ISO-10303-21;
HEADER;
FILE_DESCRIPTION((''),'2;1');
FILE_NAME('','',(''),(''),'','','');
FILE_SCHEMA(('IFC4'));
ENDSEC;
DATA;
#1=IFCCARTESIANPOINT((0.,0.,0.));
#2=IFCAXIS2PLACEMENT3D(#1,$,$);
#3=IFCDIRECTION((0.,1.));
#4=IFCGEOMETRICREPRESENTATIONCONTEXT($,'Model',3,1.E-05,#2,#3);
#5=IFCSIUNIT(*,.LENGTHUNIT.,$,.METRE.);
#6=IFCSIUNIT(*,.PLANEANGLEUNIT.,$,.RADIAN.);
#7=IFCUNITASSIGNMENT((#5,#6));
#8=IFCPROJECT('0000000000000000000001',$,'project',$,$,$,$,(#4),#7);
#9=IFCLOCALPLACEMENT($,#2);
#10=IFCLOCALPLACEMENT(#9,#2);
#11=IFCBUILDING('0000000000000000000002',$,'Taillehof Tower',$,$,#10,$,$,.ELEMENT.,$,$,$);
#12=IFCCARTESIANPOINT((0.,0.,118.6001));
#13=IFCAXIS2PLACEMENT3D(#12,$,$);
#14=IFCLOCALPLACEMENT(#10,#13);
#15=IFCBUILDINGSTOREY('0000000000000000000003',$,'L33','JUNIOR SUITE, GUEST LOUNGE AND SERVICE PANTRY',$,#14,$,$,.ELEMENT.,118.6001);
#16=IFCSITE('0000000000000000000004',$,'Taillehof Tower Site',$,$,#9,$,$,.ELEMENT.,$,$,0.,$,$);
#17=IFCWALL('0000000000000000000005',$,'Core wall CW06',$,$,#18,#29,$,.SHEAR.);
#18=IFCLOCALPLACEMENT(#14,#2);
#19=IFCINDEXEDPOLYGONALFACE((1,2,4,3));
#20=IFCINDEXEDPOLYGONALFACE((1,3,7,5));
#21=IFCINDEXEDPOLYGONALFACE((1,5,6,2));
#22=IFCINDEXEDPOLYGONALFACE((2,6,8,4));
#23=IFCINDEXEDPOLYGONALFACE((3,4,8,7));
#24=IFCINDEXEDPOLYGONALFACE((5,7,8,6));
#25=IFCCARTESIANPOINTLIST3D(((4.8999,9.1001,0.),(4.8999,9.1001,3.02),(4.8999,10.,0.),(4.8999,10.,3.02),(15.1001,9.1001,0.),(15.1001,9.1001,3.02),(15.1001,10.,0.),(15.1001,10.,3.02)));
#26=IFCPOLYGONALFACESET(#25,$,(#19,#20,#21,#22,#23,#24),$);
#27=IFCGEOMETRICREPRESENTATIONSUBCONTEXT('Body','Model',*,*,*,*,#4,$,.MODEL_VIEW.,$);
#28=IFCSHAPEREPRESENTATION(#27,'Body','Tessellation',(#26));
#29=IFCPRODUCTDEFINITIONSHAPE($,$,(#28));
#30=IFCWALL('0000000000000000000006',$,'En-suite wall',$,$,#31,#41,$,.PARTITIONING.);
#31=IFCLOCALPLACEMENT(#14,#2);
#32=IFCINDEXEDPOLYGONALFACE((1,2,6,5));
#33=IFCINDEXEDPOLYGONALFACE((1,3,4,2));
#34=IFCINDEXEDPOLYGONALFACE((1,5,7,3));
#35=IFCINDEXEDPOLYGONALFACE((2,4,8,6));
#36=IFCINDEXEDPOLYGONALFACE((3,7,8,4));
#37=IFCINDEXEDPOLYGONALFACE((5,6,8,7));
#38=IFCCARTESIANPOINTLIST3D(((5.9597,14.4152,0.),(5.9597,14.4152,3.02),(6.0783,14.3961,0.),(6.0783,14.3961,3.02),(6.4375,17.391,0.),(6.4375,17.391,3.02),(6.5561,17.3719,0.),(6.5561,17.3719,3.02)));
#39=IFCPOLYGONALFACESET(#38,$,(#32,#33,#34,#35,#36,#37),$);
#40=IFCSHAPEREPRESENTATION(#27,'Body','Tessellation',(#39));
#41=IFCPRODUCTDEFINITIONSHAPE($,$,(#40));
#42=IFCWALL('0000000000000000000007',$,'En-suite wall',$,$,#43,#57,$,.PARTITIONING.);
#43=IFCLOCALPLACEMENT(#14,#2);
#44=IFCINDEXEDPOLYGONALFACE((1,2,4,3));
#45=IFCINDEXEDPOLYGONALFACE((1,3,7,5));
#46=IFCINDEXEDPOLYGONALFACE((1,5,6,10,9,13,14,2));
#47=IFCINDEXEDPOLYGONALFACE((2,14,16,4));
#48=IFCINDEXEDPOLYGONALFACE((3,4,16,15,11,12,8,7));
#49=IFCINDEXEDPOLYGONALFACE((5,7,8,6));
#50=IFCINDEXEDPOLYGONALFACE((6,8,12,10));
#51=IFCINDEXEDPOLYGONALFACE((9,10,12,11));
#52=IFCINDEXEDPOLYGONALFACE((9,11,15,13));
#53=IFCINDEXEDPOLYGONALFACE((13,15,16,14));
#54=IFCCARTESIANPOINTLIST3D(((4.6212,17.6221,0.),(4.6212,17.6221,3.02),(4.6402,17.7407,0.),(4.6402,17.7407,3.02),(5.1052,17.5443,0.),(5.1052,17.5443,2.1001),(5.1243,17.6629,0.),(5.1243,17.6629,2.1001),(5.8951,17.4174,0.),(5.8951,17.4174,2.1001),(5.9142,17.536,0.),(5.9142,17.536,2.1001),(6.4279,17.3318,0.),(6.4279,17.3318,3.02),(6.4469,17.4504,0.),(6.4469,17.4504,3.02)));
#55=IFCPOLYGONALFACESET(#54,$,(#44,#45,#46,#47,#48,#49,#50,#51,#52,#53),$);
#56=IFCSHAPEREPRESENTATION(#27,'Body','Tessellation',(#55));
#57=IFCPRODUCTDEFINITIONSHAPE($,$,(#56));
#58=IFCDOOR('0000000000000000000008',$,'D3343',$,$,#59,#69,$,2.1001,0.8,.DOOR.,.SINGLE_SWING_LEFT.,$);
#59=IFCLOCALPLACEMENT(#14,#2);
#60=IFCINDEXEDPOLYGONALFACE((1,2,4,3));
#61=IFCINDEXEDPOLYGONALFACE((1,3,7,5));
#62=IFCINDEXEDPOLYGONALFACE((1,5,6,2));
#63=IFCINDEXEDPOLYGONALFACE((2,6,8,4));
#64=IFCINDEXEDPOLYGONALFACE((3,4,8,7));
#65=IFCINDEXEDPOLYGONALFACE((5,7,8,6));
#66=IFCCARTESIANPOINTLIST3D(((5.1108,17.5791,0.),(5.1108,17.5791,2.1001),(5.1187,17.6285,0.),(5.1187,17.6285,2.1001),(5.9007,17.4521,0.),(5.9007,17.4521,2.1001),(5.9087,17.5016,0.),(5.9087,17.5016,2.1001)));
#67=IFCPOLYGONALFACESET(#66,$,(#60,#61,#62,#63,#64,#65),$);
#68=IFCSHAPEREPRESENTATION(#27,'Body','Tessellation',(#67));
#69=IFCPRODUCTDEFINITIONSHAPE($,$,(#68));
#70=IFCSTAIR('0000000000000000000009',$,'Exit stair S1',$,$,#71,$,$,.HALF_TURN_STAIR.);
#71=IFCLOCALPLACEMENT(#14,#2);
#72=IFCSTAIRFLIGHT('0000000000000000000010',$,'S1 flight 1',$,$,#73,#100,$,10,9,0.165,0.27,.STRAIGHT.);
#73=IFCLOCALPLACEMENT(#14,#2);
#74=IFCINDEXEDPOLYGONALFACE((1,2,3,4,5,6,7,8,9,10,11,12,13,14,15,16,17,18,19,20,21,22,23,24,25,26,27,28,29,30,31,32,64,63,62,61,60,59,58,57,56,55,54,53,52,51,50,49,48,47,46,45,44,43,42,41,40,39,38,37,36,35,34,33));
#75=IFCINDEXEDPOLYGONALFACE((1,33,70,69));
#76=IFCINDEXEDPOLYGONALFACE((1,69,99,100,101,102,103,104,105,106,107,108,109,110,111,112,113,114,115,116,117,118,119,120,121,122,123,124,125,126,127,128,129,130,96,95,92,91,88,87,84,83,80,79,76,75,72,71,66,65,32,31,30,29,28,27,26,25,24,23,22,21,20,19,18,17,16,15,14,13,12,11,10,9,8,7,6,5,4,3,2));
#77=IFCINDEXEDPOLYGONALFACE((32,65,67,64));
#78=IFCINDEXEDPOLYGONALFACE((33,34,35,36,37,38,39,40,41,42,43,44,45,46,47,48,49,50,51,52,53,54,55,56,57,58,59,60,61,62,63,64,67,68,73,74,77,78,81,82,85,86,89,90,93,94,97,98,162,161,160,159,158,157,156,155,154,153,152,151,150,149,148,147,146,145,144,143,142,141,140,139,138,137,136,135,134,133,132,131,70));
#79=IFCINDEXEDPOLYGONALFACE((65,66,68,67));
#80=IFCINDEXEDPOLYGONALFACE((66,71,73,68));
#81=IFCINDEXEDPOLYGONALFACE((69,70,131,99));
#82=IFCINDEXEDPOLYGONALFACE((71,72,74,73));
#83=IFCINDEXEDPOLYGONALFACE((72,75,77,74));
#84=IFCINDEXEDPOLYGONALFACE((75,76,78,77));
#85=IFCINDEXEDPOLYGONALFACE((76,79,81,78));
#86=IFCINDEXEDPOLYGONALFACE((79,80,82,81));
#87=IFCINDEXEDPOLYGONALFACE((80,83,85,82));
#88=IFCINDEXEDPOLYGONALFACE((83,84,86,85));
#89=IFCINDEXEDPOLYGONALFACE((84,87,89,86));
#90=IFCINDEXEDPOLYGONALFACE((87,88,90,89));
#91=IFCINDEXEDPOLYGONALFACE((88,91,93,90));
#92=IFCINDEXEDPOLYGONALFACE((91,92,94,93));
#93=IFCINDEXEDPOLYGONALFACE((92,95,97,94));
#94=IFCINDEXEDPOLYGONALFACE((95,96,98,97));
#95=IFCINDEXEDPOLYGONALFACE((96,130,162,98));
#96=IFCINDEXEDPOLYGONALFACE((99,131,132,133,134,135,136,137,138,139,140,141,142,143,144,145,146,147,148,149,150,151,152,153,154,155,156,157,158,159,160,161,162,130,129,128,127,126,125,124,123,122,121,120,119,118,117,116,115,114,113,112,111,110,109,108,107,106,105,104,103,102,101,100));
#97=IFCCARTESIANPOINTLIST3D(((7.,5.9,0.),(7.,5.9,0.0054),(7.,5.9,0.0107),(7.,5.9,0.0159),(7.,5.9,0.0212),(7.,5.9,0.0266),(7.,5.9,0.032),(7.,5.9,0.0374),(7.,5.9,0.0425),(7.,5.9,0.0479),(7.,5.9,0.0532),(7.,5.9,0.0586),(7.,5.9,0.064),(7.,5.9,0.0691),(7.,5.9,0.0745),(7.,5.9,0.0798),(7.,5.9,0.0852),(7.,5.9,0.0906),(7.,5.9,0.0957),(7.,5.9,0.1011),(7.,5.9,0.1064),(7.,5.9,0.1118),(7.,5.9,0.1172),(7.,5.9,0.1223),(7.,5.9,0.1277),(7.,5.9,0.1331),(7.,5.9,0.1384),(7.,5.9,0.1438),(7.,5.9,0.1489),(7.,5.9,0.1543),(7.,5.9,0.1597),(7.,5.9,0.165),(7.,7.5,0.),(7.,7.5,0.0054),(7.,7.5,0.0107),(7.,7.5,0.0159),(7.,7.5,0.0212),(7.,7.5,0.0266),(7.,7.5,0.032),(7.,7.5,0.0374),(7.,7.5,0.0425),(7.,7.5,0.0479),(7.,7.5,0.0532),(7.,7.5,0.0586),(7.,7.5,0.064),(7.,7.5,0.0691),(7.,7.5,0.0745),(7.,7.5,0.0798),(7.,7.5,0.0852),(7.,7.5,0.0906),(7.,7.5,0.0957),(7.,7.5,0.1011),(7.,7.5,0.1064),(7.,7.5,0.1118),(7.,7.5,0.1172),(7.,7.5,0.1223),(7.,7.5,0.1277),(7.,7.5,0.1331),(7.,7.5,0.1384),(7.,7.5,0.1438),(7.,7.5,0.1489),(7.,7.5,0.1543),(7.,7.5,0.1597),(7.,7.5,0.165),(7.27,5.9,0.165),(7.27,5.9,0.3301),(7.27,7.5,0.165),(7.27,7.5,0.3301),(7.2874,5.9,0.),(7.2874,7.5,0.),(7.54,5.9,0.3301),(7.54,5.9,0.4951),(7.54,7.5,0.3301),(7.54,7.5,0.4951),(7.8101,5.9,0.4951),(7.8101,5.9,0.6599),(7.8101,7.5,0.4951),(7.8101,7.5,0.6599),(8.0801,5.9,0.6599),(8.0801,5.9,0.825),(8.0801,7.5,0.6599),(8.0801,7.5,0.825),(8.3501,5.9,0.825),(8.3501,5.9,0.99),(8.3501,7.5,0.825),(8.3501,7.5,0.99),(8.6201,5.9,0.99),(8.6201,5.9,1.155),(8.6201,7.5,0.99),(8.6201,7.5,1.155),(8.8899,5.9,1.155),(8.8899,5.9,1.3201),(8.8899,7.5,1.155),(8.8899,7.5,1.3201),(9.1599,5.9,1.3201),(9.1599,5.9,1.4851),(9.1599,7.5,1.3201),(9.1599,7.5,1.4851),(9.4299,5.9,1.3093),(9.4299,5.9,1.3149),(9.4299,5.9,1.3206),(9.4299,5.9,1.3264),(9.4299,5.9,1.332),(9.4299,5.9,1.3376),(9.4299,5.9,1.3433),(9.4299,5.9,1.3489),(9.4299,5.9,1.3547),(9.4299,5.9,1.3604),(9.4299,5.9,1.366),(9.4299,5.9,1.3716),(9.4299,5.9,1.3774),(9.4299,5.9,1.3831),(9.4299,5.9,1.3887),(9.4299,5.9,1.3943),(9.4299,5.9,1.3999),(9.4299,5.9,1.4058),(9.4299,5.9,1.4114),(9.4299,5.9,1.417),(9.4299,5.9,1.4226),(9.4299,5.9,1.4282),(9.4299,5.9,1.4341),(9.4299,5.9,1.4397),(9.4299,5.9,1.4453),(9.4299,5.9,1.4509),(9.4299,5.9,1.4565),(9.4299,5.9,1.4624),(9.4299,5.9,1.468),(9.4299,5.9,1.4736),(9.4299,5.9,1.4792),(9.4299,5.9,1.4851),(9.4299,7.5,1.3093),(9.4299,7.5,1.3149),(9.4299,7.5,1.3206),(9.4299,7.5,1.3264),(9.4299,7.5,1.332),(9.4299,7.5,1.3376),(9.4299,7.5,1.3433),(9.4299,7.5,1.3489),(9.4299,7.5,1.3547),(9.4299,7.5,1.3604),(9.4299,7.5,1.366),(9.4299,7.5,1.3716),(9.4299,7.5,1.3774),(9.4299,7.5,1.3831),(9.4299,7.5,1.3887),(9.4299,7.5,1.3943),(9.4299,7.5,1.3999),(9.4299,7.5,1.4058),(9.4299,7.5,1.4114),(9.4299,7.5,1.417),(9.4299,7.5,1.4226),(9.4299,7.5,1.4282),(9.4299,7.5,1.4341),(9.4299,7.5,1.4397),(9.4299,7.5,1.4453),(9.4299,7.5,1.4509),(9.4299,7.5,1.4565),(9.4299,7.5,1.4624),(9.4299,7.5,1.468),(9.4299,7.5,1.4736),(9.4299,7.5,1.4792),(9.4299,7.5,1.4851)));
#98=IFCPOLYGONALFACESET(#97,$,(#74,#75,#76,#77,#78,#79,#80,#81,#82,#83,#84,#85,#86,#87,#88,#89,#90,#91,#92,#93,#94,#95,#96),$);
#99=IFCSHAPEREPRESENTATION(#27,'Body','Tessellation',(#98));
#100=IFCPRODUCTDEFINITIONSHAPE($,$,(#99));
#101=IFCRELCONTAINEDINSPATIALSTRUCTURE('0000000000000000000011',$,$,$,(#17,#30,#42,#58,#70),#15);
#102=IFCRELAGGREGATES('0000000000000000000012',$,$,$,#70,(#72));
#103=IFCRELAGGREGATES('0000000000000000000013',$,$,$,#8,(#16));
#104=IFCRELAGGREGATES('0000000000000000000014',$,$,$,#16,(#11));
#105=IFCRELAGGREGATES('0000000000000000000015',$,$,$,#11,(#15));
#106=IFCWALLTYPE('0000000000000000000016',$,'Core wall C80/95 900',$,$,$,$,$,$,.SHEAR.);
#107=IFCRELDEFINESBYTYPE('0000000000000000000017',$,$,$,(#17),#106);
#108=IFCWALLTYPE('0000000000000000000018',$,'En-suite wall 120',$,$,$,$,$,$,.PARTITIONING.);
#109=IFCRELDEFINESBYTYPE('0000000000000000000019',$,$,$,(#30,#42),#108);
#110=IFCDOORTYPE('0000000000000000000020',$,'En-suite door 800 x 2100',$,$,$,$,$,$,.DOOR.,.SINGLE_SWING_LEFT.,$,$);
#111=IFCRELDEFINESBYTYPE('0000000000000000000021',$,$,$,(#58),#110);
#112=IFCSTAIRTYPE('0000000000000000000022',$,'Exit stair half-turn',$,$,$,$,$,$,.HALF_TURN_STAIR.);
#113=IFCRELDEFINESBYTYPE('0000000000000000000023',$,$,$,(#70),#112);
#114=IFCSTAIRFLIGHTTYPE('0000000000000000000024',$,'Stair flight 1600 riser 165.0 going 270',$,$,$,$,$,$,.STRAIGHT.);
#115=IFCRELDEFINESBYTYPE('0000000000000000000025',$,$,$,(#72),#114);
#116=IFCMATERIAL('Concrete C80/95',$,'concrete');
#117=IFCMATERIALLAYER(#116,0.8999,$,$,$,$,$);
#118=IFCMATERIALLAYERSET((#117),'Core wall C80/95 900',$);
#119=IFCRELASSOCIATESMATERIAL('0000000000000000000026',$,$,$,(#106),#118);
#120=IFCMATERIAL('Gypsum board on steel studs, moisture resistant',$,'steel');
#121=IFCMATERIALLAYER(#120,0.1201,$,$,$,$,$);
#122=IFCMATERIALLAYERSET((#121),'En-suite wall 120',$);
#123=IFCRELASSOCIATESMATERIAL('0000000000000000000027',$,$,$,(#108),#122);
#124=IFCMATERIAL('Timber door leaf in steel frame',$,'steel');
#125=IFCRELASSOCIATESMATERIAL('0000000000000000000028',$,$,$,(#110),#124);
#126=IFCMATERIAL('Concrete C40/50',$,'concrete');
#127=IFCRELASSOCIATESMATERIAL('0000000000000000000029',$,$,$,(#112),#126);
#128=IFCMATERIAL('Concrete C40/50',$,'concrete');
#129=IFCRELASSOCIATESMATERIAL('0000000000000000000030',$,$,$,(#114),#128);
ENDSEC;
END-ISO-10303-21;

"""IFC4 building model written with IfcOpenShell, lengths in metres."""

from ifc_helpers import new_model, si_unit, direction, frame, frame_2d, origin, place, context, subcontext, project, spatial, polyline, rectangle, outline, extrude, material, layer, layer_set, type_object, element, fill, aggregate, save


model = new_model("IFC4")

# Units and contexts
model_context = context("Model", 3, precision=1e-05, world=origin(), true_north=direction((0.0, 1.0)))
body_context = subcontext(model_context, "Body", "Model", "MODEL_VIEW")
ifc_project = project(units=[si_unit("LENGTHUNIT", "METRE"), si_unit("PLANEANGLEUNIT", "RADIAN")], contexts=[model_context])

# Site, building, storey
site_placement = place(None, origin())
site = spatial("IfcSite", under=ifc_project, at=site_placement, Name="Taillehof Tower Site", CompositionType="ELEMENT", RefElevation=0.0)
building_placement = place(site_placement, origin())
building = spatial("IfcBuilding", under=site, at=building_placement, Name="Taillehof Tower", CompositionType="ELEMENT")
storey_placement = place(building_placement, frame((0.0, 0.0, 118.6001)))
storey = spatial("IfcBuildingStorey", under=building, at=storey_placement, Name="L33", Description="JUNIOR SUITE, GUEST LOUNGE AND SERVICE PANTRY", CompositionType="ELEMENT", Elevation=118.6001)

# Walls
ifc_material_1 = material(Name="Concrete C80/95", Category="concrete")
ifc_layer_1 = layer(ifc_material_1, 0.8999)
ifc_layer_set_1 = layer_set([ifc_layer_1], Name="Core wall C80/95 900")
wall_type_1 = type_object("IfcWallType", Name="Core wall C80/95 900", PredefinedType="SHEAR", material=ifc_layer_set_1)
wall_1_placement = place(storey_placement, frame((4.8999, 9.55, 0.0), z_axis=(0.0, 0.0, 1.0), x_axis=(1.0, 0.0, 0.0)))
element("IfcWall", 1, at=wall_1_placement, inside=storey, type_object=wall_type_1, Name="Core wall CW06", PredefinedType="SHEAR", context=body_context, shape_type="SweptSolid", body=[
    extrude(rectangle(XDim=10.2002, YDim=0.8999, at=frame_2d((5.1001, 0.0))), origin(), (0.0, 0.0, 1.0), 3.02),
])
ifc_material_2 = material(Name="Gypsum board on steel studs, moisture resistant", Category="steel")
ifc_layer_2 = layer(ifc_material_2, 0.1201)
ifc_layer_set_2 = layer_set([ifc_layer_2], Name="En-suite wall 120")
wall_type_2 = type_object("IfcWallType", Name="En-suite wall 120", PredefinedType="PARTITIONING", material=ifc_layer_set_2)
wall_2_placement = place(storey_placement, frame((6.019, 14.4058, 0.0), z_axis=(0.0, 0.0, 1.0), x_axis=(0.158524, 0.987355, 0.0)))
element("IfcWall", 2, at=wall_2_placement, inside=storey, type_object=wall_type_2, Name="En-suite wall", PredefinedType="PARTITIONING", context=body_context, shape_type="SweptSolid", body=[
    extrude(rectangle(XDim=3.0139, YDim=0.1201, at=frame_2d((1.5068, 0.0))), origin(), (0.0, 0.0, 1.0), 3.02),
])

# Wall, opening, door
wall_3_placement = place(storey_placement, frame((6.4375, 17.3911, 0.0), z_axis=(0.0, 0.0, 1.0), x_axis=(-0.987336, 0.158641, 0.0)))
wall_3 = element("IfcWall", 3, at=wall_3_placement, inside=storey, type_object=wall_type_2, Name="En-suite wall", PredefinedType="PARTITIONING", context=body_context, shape_type="SweptSolid", body=[
    extrude(rectangle(XDim=1.8298, YDim=0.1201, at=frame_2d((0.915, 0.0))), origin(), (0.0, 0.0, 1.0), 3.02),
])
opening_1_placement = place(wall_3_placement, frame((0.5398, 0.0, 0.0)))
opening_1 = element("IfcOpeningElement", 4, at=opening_1_placement, cuts=wall_3, PredefinedType="OPENING", context=body_context, shape_type="SweptSolid", body=[
    extrude(rectangle(XDim=0.8, YDim=2.1001, at=frame_2d((0.3999, 1.05))), frame((0.0, 0.0701, 0.0), z_axis=(0.0, -1.0, 0.0), x_axis=(1.0, 0.0, 0.0)), (0.0, 0.0, 1.0), 0.1401),
])
ifc_material_3 = material(Name="Timber door leaf in steel frame", Category="steel")
door_type_1 = type_object("IfcDoorType", Name="En-suite door 800 x 2100", OperationType="SINGLE_SWING_LEFT", PredefinedType="DOOR", material=ifc_material_3)
door_1_placement = place(opening_1_placement, origin())
door_1 = element("IfcDoor", 5, at=door_1_placement, inside=storey, type_object=door_type_1, Name="D3343", OperationType="SINGLE_SWING_LEFT", OverallHeight=2.1001, OverallWidth=0.8, PredefinedType="DOOR", context=body_context, shape_type="SweptSolid", body=[
    extrude(rectangle(XDim=0.8, YDim=2.1001, at=frame_2d((0.3999, 1.05))), frame((0.0, 0.0249, 0.0), z_axis=(0.0, -1.0, 0.0), x_axis=(1.0, 0.0, 0.0)), (0.0, 0.0, 1.0), 0.05),
])
fill(opening_1, door_1)

# Stair, stair flight
ifc_material_4 = material(Name="Concrete C40/50", Category="concrete")
stair_type = type_object("IfcStairType", Name="Exit stair half-turn", PredefinedType="HALF_TURN_STAIR", material=ifc_material_4)
stair_placement = place(storey_placement, origin())
stair = element("IfcStair", 6, at=stair_placement, inside=storey, type_object=stair_type, Name="Exit stair S1", PredefinedType="HALF_TURN_STAIR")
ifc_material_5 = material(Name="Concrete C40/50", Category="concrete")
stair_flight_type = type_object("IfcStairFlightType", Name="Stair flight 1600 riser 165.0 going 270", PredefinedType="STRAIGHT", material=ifc_material_5)
stair_flight_placement = place(storey_placement, frame((7.0, 6.7, 0.0), z_axis=(0.0, 0.0, 1.0), x_axis=(1.0, 0.0, 0.0)))
stair_flight = element("IfcStairFlight", 7, at=stair_flight_placement, type_object=stair_flight_type, Name="S1 flight 1", NumberOfRisers=10, NumberOfTreads=9, PredefinedType="STRAIGHT", RiserHeight=0.165, TreadLength=0.27, context=body_context, shape_type="SweptSolid", body=[
    extrude(outline(polyline([(0.0, 0.0), (0.0, 0.0054), (0.0, 0.0107), (0.0, 0.0159), (0.0, 0.0212), (0.0, 0.0266), (0.0, 0.032), (0.0, 0.0374), (0.0, 0.0425), (0.0, 0.0479), (0.0, 0.0532), (0.0, 0.0586), (0.0, 0.064), (0.0, 0.0691), (0.0, 0.0745), (0.0, 0.0798), (0.0, 0.0852), (0.0, 0.0906), (0.0, 0.0957), (0.0, 0.1011), (0.0, 0.1064), (0.0, 0.1118), (0.0, 0.1172), (0.0, 0.1223), (0.0, 0.1277), (0.0, 0.1331), (0.0, 0.1384), (0.0, 0.1438), (0.0, 0.1489), (0.0, 0.1543), (0.0, 0.1597), (0.0, 0.165), (0.27, 0.165), (0.27, 0.3301), (0.54, 0.3301), (0.54, 0.4951), (0.8101, 0.4951), (0.8101, 0.6599), (1.0801, 0.6599), (1.0801, 0.825), (1.3501, 0.825), (1.3501, 0.99), (1.6201, 0.99), (1.6201, 1.155), (1.8899, 1.155), (1.8899, 1.3201), (2.1599, 1.3201), (2.1599, 1.4851), (2.4299, 1.4851), (2.4299, 1.4792), (2.4299, 1.4736), (2.4299, 1.468), (2.4299, 1.4624), (2.4299, 1.4565), (2.4299, 1.4509), (2.4299, 1.4453), (2.4299, 1.4397), (2.4299, 1.4341), (2.4299, 1.4282), (2.4299, 1.4226), (2.4299, 1.417), (2.4299, 1.4114), (2.4299, 1.4058), (2.4299, 1.3999), (2.4299, 1.3943), (2.4299, 1.3887), (2.4299, 1.3831), (2.4299, 1.3774), (2.4299, 1.3716), (2.4299, 1.366), (2.4299, 1.3604), (2.4299, 1.3547), (2.4299, 1.3489), (2.4299, 1.3433), (2.4299, 1.3376), (2.4299, 1.332), (2.4299, 1.3264), (2.4299, 1.3206), (2.4299, 1.3149), (2.4299, 1.3093), (0.2874, 0.0), (0.0, 0.0)])), frame((0.0, 0.8, 0.0), z_axis=(0.0, -1.0, 0.0), x_axis=(1.0, 0.0, 0.0)), (0.0, 0.0, 1.0), 1.6),
])
aggregate(stair, [stair_flight])

save(model, "model.ifc")
